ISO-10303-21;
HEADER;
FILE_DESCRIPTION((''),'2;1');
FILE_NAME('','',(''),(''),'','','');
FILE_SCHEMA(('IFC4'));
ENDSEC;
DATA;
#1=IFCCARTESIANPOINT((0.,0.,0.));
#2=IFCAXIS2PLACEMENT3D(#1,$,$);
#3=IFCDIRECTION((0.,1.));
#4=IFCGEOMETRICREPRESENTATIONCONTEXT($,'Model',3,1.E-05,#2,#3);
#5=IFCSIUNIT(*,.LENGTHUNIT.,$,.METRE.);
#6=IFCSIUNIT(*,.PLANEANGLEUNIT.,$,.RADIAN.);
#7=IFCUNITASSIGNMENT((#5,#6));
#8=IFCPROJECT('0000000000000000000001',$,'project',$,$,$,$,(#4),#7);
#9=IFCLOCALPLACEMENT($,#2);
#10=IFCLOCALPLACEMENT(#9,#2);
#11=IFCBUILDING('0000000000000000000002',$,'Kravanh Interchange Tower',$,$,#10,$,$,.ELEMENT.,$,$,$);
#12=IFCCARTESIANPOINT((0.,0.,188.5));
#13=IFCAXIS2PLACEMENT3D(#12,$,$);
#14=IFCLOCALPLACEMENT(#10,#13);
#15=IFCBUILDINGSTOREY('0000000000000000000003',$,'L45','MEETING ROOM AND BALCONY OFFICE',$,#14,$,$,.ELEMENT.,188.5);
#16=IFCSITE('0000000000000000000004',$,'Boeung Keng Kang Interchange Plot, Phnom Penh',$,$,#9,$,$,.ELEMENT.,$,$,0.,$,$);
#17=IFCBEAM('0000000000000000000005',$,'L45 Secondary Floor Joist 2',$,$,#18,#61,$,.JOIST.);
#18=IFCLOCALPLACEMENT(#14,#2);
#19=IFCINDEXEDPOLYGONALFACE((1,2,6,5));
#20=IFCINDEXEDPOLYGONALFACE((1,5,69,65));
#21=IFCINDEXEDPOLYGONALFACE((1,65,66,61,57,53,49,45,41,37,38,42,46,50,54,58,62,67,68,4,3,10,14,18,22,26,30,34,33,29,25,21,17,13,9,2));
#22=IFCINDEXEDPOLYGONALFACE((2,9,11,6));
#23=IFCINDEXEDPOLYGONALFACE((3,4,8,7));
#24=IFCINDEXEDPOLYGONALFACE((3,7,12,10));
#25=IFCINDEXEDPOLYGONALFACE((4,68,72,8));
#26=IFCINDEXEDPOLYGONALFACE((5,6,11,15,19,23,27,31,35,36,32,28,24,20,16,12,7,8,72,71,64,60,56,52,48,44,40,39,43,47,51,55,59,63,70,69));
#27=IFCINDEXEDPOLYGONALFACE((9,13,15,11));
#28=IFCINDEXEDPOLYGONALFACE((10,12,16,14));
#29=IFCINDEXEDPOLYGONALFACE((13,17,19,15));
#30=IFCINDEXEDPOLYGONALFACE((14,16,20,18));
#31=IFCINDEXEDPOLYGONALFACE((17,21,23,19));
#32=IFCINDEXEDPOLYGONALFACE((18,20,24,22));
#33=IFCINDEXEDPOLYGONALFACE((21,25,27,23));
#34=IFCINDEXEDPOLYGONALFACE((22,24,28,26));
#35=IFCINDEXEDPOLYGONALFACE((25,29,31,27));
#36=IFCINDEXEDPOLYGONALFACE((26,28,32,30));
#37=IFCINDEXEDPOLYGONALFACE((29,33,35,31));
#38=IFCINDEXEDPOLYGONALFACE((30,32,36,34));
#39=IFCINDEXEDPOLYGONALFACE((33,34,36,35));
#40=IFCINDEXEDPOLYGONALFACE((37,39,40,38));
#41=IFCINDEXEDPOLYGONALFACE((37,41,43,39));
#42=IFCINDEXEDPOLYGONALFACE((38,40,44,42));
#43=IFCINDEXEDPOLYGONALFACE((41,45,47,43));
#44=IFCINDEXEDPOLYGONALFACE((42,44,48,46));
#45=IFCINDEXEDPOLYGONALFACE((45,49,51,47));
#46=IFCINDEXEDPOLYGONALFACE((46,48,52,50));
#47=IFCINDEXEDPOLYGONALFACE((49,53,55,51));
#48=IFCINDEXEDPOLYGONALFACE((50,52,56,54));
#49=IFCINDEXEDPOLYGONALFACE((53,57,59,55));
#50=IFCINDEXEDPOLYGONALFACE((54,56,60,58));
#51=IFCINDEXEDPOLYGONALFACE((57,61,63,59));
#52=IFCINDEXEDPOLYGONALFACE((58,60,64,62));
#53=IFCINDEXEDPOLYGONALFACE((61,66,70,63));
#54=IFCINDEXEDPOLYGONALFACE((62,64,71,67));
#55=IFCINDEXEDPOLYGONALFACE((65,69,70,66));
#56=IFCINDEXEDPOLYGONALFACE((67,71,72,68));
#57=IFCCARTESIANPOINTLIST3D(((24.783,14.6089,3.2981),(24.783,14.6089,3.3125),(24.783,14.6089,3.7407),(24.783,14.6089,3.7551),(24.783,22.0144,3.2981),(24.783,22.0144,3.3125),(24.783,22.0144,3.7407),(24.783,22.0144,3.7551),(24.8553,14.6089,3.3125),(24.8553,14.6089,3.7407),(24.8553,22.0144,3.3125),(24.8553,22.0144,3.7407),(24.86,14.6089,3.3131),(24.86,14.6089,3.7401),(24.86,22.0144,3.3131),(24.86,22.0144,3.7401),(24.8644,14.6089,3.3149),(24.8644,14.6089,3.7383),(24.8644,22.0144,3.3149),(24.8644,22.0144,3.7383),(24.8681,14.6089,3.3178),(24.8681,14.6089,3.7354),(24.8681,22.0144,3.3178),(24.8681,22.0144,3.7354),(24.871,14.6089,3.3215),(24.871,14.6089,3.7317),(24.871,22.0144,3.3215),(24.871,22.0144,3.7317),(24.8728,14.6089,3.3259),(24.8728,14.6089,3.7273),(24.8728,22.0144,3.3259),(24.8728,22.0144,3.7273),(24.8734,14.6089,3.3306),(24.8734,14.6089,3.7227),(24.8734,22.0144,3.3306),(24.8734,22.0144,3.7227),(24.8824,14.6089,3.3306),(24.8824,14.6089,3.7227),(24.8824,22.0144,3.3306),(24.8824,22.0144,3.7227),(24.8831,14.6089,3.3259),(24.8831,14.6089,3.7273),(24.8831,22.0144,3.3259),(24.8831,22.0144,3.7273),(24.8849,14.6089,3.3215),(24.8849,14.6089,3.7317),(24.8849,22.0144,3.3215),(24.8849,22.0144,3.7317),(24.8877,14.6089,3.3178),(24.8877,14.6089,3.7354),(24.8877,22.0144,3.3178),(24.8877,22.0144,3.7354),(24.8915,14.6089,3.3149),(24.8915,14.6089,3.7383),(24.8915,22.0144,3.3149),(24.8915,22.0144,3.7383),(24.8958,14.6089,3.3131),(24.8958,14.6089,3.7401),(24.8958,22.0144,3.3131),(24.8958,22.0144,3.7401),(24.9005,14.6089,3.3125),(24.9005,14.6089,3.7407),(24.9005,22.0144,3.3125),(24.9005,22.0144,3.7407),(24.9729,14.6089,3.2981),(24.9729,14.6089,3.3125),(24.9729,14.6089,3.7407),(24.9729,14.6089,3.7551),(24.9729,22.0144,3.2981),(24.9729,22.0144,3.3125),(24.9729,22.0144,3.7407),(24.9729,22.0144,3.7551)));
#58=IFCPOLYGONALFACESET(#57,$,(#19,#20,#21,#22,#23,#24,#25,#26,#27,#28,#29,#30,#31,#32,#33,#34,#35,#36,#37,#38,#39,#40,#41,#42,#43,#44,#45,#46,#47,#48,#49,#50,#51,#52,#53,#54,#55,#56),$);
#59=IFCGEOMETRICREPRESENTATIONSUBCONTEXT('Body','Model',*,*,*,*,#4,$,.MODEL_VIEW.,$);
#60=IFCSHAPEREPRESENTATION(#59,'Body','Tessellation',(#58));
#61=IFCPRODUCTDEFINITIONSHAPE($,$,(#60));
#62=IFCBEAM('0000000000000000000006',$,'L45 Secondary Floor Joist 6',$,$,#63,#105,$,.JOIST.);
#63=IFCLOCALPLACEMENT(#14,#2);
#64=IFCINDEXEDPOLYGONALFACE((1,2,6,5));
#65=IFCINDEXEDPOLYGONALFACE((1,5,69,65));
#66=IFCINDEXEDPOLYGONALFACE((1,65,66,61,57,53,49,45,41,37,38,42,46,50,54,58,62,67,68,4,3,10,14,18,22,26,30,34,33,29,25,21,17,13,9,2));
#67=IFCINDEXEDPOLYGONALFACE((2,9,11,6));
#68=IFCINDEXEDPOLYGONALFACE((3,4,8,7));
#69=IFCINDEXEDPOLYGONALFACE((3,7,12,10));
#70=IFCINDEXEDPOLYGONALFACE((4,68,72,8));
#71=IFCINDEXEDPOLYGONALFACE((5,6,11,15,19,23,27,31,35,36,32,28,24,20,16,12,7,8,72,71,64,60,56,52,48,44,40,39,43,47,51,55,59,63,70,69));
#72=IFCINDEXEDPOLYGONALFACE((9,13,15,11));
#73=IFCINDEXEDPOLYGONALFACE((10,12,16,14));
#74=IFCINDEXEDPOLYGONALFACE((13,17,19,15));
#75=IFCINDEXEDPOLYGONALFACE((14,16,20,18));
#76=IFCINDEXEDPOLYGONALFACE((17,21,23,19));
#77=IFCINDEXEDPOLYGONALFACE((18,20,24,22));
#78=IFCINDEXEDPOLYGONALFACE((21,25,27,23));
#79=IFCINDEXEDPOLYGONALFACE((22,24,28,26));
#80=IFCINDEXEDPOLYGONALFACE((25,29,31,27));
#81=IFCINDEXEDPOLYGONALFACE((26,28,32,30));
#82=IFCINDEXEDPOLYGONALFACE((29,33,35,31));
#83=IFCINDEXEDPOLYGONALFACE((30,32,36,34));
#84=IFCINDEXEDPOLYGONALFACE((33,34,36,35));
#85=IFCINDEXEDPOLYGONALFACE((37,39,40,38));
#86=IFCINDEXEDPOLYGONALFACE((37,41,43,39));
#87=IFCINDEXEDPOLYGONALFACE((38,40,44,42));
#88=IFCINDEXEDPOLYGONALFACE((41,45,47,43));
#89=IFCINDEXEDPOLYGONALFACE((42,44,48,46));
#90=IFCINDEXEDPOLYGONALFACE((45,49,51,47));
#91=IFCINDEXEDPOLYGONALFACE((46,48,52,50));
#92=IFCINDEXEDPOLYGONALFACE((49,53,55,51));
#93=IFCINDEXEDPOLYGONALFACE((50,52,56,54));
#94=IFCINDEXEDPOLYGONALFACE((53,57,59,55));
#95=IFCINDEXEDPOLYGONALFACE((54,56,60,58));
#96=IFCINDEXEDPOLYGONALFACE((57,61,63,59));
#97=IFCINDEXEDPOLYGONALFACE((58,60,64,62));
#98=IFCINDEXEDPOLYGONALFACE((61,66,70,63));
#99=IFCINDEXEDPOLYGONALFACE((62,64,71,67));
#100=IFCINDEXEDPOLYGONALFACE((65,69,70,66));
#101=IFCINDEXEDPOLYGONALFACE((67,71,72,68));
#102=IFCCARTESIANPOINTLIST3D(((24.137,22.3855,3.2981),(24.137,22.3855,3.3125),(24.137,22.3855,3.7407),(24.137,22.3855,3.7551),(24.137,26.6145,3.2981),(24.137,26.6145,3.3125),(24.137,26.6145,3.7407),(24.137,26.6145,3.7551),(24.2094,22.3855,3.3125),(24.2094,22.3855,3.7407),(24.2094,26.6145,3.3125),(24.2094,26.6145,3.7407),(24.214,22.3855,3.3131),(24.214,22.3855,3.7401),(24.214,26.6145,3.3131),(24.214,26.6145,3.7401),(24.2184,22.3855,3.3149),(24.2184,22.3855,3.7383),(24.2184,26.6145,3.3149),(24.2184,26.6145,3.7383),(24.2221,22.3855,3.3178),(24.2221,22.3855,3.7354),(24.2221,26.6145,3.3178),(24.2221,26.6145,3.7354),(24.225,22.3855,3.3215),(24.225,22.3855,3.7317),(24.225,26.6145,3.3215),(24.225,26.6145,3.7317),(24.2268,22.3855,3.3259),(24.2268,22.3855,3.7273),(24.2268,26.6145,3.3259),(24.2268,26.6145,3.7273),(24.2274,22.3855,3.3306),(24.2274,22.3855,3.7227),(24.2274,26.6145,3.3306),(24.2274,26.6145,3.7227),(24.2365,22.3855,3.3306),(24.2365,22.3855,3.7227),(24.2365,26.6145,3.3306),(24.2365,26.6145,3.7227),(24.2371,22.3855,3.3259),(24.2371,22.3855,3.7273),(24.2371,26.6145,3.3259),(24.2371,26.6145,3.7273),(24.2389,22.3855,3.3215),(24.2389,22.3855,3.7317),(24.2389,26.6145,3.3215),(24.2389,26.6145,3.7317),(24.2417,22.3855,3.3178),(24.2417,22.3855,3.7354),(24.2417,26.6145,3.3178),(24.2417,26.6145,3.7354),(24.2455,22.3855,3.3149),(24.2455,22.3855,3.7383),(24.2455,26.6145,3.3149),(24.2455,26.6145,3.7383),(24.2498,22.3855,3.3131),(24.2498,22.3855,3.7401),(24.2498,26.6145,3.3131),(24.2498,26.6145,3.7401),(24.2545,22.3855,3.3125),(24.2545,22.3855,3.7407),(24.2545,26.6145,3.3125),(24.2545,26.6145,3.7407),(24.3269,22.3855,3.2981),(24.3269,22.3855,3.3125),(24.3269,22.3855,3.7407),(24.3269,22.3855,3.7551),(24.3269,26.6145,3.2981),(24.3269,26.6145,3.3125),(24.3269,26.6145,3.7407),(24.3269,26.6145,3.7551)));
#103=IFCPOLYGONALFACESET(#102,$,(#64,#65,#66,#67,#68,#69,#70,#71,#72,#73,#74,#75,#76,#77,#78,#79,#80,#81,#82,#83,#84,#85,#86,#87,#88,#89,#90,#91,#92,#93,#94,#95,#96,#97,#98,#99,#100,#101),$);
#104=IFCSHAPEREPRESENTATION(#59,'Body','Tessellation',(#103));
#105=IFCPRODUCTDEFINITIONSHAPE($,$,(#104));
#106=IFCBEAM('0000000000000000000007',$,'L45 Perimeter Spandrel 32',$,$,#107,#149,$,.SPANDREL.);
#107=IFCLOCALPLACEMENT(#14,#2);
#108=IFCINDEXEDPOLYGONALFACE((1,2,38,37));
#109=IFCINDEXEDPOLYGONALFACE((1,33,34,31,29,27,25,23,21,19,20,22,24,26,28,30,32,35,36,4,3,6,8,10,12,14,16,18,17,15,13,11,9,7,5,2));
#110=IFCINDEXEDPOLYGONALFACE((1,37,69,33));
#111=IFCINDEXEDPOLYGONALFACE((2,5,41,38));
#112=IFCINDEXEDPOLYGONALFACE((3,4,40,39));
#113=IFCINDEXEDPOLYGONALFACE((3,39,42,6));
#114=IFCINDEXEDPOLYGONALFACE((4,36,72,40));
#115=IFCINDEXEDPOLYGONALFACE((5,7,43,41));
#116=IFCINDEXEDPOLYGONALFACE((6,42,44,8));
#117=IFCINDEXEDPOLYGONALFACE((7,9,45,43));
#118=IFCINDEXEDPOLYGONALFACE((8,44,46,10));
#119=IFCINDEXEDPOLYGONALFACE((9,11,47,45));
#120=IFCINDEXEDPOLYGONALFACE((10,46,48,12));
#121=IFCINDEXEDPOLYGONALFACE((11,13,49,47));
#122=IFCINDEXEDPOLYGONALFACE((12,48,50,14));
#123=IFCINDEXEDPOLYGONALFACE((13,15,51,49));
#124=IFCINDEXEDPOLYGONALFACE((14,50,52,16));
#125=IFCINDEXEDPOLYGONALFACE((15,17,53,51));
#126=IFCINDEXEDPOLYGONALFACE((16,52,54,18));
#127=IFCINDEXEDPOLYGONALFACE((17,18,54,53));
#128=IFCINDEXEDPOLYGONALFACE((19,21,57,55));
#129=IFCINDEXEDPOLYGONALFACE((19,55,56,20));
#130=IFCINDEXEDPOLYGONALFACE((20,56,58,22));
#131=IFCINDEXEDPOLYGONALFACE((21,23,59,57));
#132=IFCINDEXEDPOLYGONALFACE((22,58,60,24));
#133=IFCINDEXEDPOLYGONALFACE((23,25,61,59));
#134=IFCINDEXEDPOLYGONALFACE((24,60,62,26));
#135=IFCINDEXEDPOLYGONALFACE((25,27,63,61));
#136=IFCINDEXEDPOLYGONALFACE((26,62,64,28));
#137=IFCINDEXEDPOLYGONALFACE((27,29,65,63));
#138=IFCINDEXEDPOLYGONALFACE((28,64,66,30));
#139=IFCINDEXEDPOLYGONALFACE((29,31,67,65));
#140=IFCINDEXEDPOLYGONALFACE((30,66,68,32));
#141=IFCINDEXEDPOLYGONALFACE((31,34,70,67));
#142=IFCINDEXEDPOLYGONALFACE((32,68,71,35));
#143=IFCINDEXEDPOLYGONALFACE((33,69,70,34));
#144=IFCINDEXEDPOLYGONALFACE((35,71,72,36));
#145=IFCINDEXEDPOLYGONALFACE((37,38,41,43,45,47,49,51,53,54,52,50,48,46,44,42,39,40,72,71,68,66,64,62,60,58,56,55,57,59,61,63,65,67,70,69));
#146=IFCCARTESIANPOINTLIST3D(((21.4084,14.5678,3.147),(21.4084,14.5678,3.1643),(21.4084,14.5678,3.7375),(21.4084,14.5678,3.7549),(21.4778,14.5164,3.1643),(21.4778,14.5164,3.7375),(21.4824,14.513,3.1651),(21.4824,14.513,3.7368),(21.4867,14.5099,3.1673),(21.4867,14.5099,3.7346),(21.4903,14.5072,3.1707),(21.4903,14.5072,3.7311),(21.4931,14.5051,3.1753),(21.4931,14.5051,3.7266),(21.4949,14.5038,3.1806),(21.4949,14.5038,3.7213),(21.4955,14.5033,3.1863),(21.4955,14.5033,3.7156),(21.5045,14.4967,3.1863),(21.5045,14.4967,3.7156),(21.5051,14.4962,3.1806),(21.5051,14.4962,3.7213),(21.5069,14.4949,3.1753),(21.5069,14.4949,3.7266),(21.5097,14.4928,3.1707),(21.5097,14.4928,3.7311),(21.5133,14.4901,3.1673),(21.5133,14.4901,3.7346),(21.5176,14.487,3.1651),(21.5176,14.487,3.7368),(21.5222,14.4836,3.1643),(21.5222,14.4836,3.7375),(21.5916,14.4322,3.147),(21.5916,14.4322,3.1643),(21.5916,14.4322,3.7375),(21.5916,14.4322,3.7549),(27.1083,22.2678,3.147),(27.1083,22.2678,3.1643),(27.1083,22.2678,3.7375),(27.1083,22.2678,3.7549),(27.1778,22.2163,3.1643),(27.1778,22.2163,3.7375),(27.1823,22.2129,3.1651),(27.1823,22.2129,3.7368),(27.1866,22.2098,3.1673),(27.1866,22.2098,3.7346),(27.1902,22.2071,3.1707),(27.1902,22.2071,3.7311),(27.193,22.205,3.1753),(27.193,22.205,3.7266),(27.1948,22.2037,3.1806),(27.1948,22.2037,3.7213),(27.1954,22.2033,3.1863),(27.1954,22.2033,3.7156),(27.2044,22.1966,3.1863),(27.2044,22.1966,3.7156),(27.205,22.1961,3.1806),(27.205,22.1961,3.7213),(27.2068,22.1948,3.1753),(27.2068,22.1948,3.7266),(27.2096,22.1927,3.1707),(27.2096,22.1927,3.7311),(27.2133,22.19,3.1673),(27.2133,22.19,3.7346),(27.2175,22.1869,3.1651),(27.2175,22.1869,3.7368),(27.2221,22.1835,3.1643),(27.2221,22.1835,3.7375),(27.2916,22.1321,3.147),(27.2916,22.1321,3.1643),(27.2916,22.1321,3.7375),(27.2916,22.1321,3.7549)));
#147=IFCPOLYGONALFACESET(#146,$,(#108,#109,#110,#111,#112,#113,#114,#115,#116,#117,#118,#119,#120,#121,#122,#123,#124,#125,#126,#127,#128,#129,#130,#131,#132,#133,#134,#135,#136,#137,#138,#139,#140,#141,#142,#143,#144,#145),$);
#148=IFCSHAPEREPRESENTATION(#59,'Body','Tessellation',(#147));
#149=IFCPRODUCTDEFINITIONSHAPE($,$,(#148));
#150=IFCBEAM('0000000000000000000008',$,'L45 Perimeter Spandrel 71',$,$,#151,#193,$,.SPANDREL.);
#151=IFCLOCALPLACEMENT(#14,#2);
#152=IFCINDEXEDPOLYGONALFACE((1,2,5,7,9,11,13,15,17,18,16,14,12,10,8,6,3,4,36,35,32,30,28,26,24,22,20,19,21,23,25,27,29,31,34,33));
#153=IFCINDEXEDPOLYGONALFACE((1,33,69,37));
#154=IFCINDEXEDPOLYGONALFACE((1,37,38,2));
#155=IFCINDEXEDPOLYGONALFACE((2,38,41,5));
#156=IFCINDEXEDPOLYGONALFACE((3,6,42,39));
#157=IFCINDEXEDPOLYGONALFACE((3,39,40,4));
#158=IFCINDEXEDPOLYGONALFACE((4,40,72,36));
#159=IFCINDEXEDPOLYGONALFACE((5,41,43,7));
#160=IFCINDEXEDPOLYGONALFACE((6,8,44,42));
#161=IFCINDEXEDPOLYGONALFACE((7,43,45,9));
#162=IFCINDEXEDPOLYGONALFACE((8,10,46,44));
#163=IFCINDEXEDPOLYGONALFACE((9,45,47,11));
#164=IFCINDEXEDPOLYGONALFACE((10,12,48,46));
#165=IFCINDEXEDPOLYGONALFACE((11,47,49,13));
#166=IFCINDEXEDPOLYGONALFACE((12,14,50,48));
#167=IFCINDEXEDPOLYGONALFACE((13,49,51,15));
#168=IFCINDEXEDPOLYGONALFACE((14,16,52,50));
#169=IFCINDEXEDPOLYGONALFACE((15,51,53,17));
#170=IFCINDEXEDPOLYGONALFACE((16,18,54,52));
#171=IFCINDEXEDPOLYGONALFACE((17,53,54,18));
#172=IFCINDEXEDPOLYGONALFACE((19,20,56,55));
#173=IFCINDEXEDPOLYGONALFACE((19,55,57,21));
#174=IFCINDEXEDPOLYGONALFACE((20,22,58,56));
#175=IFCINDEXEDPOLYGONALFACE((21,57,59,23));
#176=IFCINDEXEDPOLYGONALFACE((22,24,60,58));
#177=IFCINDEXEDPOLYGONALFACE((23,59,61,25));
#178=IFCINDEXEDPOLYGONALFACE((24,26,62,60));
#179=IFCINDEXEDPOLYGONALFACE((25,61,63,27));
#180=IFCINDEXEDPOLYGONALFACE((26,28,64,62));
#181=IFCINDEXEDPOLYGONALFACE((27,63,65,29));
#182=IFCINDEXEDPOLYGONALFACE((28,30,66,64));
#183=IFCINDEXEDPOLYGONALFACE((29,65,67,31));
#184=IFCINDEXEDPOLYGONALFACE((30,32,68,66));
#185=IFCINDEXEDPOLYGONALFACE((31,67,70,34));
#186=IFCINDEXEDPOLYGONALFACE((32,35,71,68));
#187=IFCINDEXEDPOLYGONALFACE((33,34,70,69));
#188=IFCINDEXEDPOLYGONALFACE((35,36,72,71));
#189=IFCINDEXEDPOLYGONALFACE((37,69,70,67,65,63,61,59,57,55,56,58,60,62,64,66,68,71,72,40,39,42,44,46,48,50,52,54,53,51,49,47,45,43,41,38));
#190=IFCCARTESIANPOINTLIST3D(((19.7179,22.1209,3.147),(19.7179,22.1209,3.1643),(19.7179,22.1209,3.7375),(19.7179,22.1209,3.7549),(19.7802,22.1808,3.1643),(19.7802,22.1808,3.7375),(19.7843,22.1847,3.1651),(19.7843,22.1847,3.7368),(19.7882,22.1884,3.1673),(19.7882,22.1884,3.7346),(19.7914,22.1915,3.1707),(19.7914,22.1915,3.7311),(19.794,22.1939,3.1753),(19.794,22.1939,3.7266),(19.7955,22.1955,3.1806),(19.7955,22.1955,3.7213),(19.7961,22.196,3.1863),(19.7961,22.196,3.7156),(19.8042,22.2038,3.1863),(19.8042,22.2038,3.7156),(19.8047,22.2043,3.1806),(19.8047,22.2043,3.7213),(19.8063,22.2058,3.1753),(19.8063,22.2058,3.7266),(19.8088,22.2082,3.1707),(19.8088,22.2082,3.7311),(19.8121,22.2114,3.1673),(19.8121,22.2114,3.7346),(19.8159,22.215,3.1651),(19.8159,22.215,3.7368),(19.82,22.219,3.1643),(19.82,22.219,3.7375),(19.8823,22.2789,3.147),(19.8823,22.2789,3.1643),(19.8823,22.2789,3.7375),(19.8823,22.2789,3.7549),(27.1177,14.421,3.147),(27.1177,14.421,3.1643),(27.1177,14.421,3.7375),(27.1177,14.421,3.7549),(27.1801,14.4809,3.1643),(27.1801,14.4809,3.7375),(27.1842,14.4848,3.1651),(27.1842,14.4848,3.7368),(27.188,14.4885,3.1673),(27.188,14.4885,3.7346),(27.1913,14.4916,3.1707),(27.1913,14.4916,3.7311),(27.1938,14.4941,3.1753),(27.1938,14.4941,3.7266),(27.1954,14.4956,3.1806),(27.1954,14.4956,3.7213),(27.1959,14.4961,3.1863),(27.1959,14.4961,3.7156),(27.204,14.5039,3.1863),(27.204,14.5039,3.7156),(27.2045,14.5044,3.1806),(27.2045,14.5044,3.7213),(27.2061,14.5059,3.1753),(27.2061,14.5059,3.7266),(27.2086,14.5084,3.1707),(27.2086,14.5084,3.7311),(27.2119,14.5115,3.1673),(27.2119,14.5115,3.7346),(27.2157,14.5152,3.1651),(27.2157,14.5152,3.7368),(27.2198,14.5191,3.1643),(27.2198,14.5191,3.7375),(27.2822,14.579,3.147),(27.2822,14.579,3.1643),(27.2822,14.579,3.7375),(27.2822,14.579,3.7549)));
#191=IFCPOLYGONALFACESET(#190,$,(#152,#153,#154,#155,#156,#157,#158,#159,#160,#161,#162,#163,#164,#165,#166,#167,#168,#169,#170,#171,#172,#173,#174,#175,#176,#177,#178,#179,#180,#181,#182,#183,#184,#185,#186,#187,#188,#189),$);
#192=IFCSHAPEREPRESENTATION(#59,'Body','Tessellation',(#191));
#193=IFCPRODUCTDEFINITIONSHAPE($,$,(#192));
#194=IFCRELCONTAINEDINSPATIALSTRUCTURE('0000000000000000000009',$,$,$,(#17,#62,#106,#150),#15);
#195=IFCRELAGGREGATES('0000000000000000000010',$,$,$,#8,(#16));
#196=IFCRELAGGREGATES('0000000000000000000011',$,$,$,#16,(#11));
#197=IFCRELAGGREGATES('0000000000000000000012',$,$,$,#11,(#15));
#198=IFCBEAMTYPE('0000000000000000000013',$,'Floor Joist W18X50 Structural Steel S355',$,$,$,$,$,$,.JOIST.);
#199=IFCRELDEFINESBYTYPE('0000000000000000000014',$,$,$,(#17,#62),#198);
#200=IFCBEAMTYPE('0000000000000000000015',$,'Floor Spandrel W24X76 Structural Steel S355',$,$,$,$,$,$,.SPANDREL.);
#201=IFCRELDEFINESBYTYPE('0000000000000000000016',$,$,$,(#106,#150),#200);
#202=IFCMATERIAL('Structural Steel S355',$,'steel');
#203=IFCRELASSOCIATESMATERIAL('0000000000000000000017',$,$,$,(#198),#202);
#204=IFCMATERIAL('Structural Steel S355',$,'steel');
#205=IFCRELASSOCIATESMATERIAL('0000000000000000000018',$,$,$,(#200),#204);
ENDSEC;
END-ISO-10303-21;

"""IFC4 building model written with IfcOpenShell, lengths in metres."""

from ifc_helpers import new_model, si_unit, direction, frame, origin, origin_2d, place, context, subcontext, project, spatial, i_section, extrude, material, material_profile, profile_set, type_object, element, save


model = new_model("IFC4")

# Units and contexts
model_context = context("Model", 3, precision=1e-05, world=origin(), true_north=direction((0.0, 1.0)))
body_context = subcontext(model_context, "Body", "Model", "MODEL_VIEW")
ifc_project = project(units=[si_unit("LENGTHUNIT", "METRE"), si_unit("PLANEANGLEUNIT", "RADIAN")], contexts=[model_context])

# Site, building, storey
site_placement = place(None, origin())
site = spatial("IfcSite", under=ifc_project, at=site_placement, Name="Boeung Keng Kang Interchange Plot, Phnom Penh", CompositionType="ELEMENT", RefElevation=0.0)
building_placement = place(site_placement, origin())
building = spatial("IfcBuilding", under=site, at=building_placement, Name="Kravanh Interchange Tower", CompositionType="ELEMENT")
storey_placement = place(building_placement, frame((0.0, 0.0, 188.5)))
storey = spatial("IfcBuildingStorey", under=building, at=storey_placement, Name="L45", Description="MEETING ROOM AND BALCONY OFFICE", CompositionType="ELEMENT", Elevation=188.5)

# Beams
ifc_material_1 = material(Name="Structural Steel S355", Category="steel")
ifc_material_profile_1 = material_profile(ifc_material_1, i_section(OverallWidth=0.1899, OverallDepth=0.457, WebThickness=0.009, FlangeThickness=0.0144, FilletRadius=0.0181, at=origin_2d()), Name="W18X50")
ifc_profile_set_1 = profile_set([ifc_material_profile_1], Name="Structural Steel S355")
beam_type_1 = type_object("IfcBeamType", Name="Floor Joist W18X50 Structural Steel S355", PredefinedType="JOIST", material=ifc_profile_set_1)
for number, where, z_axis, x_axis, name in (
    (1, (24.8779, 14.6089, 3.5266), (0.0, 1.0, 0.0), (-1.0, 0.0, 0.0), "L45 Secondary Floor Joist 2"),
):
    element("IfcBeam", number, at=place(storey_placement, frame(where, z_axis=z_axis, x_axis=x_axis)), inside=storey, type_object=beam_type_1, Name=name, PredefinedType="JOIST", context=body_context, shape_type="SweptSolid", body=[
        extrude(i_section(OverallWidth=0.1899, OverallDepth=0.457, WebThickness=0.009, FlangeThickness=0.0144, FilletRadius=0.0181, at=origin_2d()), origin(), (0.0, 0.0, 1.0), 7.4055),
    ])
beam_1_placement = place(storey_placement, frame((24.2319, 22.3855, 3.5266), z_axis=(0.0, 1.0, 0.0), x_axis=(-1.0, 0.0, 0.0)))
element("IfcBeam", 2, at=beam_1_placement, inside=storey, type_object=beam_type_1, Name="L45 Secondary Floor Joist 6", PredefinedType="JOIST", context=body_context, shape_type="SweptSolid", body=[
    extrude(i_section(OverallWidth=0.1899, OverallDepth=0.457, WebThickness=0.009, FlangeThickness=0.0144, FilletRadius=0.0181, at=origin_2d()), origin(), (0.0, 0.0, 1.0), 4.229),
])
ifc_material_2 = material(Name="Structural Steel S355", Category="steel")
ifc_material_profile_2 = material_profile(ifc_material_2, i_section(OverallWidth=0.228, OverallDepth=0.6079, WebThickness=0.0112, FlangeThickness=0.0173, FilletRadius=0.022, at=origin_2d()), Name="W24X76")
ifc_profile_set_2 = profile_set([ifc_material_profile_2], Name="Structural Steel S355")
beam_type_2 = type_object("IfcBeamType", Name="Floor Spandrel W24X76 Structural Steel S355", PredefinedType="SPANDREL", material=ifc_profile_set_2)
beam_2_placement = place(storey_placement, frame((21.5, 14.5, 3.4509), z_axis=(0.594977, 0.803743, 0.0), x_axis=(-0.803743, 0.594977, 0.0)))
element("IfcBeam", 3, at=beam_2_placement, inside=storey, type_object=beam_type_2, Name="L45 Perimeter Spandrel 32", PredefinedType="SPANDREL", context=body_context, shape_type="SweptSolid", body=[
    extrude(i_section(OverallWidth=0.228, OverallDepth=0.6079, WebThickness=0.0112, FlangeThickness=0.0173, FilletRadius=0.022, at=origin_2d()), origin(), (0.0, 0.0, 1.0), 9.5801),
])
beam_3_placement = place(storey_placement, frame((27.2, 14.5, 3.4509), z_axis=(-0.692919, 0.721015, 0.0), x_axis=(-0.721015, -0.692919, 0.0)))
element("IfcBeam", 4, at=beam_3_placement, inside=storey, type_object=beam_type_2, Name="L45 Perimeter Spandrel 71", PredefinedType="SPANDREL", context=body_context, shape_type="SweptSolid", body=[
    extrude(i_section(OverallWidth=0.228, OverallDepth=0.6079, WebThickness=0.0112, FlangeThickness=0.0173, FilletRadius=0.022, at=origin_2d()), origin(), (0.0, 0.0, 1.0), 10.6792),
])

save(model, "model.ifc")
